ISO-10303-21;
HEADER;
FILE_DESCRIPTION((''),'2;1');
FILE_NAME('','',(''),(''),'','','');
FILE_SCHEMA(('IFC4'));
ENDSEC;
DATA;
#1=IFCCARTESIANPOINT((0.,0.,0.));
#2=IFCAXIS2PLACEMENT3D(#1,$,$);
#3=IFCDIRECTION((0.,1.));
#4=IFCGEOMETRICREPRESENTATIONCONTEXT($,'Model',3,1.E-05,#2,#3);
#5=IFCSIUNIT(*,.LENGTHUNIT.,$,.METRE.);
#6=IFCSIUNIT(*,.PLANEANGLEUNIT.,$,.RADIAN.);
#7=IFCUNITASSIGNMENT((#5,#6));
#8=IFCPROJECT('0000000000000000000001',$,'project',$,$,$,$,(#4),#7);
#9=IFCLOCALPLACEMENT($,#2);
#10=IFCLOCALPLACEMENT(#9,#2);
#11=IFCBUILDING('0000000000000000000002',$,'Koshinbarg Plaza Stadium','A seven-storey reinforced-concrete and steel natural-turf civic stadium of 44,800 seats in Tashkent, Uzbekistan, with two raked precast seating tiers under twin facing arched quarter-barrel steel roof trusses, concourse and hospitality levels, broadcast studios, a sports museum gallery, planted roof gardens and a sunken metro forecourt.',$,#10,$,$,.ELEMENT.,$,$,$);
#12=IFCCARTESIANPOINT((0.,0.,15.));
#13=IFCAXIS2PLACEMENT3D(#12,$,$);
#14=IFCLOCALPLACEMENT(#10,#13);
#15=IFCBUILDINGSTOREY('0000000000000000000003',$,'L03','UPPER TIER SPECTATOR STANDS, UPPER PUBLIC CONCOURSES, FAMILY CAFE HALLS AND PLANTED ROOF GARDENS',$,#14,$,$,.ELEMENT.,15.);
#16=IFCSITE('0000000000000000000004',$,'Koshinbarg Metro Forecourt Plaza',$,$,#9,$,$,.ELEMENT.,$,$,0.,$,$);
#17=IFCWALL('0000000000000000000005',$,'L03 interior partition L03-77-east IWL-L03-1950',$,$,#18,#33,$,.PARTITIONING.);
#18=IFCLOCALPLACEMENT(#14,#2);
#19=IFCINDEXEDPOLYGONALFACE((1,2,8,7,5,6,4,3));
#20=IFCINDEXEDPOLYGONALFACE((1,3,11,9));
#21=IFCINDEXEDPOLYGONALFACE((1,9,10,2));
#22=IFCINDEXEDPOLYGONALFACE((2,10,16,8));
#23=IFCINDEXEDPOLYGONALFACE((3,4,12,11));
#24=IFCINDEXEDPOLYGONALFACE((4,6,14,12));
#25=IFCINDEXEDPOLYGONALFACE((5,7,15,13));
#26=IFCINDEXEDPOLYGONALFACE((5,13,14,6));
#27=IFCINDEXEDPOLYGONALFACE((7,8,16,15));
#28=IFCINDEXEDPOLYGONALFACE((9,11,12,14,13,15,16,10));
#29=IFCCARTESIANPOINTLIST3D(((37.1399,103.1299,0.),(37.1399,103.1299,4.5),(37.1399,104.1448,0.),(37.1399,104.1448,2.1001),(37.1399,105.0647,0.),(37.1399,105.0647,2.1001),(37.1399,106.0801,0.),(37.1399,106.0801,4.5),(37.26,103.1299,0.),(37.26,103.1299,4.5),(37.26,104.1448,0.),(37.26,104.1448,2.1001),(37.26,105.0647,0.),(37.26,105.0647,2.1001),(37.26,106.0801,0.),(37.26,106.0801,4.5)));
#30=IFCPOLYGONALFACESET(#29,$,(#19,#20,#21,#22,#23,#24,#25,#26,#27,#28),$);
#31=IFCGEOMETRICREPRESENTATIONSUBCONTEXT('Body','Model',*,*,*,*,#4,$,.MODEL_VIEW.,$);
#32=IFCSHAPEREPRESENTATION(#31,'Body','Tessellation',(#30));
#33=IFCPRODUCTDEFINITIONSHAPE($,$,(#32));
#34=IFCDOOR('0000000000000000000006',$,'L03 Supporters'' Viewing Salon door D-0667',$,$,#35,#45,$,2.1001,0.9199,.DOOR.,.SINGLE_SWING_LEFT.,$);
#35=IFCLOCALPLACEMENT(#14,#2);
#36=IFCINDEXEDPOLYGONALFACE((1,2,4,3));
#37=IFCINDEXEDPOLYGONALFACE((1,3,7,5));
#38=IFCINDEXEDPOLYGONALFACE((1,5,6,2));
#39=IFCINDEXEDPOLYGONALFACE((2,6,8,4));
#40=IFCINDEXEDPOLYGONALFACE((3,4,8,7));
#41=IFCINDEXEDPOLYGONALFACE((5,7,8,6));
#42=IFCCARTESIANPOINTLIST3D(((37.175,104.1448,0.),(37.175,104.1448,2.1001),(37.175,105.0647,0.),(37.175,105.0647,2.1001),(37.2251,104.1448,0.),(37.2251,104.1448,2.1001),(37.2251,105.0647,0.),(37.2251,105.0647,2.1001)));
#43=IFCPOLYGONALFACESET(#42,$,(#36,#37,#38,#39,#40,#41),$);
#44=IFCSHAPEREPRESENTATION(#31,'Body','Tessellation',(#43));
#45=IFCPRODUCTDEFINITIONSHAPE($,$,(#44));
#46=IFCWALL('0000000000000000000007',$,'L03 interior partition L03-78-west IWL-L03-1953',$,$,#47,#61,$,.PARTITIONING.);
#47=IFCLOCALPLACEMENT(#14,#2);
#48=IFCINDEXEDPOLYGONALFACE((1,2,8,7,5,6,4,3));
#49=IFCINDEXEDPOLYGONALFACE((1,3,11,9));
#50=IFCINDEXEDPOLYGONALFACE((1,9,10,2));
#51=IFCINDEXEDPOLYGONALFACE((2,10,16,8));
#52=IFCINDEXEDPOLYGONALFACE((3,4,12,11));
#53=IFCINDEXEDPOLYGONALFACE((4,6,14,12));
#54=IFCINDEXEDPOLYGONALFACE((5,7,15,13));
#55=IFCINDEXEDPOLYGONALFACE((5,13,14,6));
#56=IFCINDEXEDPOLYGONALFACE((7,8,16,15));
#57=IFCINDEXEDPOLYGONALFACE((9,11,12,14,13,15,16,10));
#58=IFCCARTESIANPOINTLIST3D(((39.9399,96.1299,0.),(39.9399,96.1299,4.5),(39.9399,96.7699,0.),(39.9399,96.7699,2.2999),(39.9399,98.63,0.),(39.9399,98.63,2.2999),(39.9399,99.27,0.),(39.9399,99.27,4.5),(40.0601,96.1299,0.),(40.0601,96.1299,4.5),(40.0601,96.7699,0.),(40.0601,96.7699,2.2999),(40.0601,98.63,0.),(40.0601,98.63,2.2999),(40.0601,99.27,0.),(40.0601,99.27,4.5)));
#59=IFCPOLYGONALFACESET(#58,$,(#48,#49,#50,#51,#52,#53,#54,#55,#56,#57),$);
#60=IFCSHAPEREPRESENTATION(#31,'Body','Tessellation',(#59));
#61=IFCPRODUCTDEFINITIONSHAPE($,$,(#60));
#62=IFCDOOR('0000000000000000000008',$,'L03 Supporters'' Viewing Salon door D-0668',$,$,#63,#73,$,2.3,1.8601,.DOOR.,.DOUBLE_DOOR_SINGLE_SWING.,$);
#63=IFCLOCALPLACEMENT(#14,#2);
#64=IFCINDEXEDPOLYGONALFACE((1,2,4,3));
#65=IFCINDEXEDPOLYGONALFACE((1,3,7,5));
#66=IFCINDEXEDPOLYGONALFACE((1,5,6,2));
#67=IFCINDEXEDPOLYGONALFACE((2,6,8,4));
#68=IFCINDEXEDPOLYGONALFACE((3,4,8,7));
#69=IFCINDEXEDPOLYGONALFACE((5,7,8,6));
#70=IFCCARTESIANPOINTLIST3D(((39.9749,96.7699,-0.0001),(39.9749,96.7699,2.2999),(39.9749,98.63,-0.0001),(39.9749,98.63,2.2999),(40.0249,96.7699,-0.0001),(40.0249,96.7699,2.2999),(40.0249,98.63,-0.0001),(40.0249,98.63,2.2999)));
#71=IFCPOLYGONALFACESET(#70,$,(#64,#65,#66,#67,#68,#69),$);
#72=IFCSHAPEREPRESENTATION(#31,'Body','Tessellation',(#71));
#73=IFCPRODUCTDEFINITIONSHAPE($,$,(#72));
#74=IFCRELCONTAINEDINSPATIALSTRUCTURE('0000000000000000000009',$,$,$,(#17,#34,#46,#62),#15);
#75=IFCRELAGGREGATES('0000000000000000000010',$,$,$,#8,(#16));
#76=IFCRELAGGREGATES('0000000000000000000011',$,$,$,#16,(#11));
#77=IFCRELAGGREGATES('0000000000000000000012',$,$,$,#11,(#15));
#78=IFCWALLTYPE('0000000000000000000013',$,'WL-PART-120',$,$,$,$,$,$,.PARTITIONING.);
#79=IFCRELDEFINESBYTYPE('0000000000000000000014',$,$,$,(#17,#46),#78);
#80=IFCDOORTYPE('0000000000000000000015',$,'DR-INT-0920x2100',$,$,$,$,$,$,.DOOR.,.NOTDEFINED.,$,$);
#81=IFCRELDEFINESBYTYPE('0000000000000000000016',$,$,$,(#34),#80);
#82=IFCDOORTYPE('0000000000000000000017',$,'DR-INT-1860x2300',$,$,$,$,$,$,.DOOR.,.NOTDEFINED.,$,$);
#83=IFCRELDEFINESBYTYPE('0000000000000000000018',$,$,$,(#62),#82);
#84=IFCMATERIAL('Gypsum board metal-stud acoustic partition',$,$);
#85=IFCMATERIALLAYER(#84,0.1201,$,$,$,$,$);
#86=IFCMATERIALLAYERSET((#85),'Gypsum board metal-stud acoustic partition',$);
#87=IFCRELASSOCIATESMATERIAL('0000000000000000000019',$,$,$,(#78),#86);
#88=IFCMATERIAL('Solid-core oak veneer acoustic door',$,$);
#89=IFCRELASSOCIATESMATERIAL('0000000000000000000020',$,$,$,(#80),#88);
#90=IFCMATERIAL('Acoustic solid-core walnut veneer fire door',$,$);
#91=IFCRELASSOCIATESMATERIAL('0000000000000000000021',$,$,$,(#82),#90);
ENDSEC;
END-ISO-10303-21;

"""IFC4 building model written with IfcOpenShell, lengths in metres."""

from ifc_helpers import new_model, si_unit, direction, frame, frame_2d, origin, place, context, subcontext, project, spatial, rectangle, extrude, material, layer, layer_set, type_object, element, fill, save


model = new_model("IFC4")

# Units and contexts
model_context = context("Model", 3, precision=1e-05, world=origin(), true_north=direction((0.0, 1.0)))
body_context = subcontext(model_context, "Body", "Model", "MODEL_VIEW")
ifc_project = project(units=[si_unit("LENGTHUNIT", "METRE"), si_unit("PLANEANGLEUNIT", "RADIAN")], contexts=[model_context])

# Site, building, storey
site_placement = place(None, origin())
site = spatial("IfcSite", under=ifc_project, at=site_placement, Name="Koshinbarg Metro Forecourt Plaza", CompositionType="ELEMENT", RefElevation=0.0)
building_placement = place(site_placement, origin())
building = spatial("IfcBuilding", under=site, at=building_placement, Name="Koshinbarg Plaza Stadium", Description="A seven-storey reinforced-concrete and steel natural-turf civic stadium of 44,800 seats in Tashkent, Uzbekistan, with two raked precast seating tiers under twin facing arched quarter-barrel steel roof trusses, concourse and hospitality levels, broadcast studios, a sports museum gallery, planted roof gardens and a sunken metro forecourt.", CompositionType="ELEMENT")
storey_placement = place(building_placement, frame((0.0, 0.0, 15.0)))
storey = spatial("IfcBuildingStorey", under=building, at=storey_placement, Name="L03", Description="UPPER TIER SPECTATOR STANDS, UPPER PUBLIC CONCOURSES, FAMILY CAFE HALLS AND PLANTED ROOF GARDENS", CompositionType="ELEMENT", Elevation=15.0)

# Shared definitions
ifc_material_1 = material(Name="Gypsum board metal-stud acoustic partition")
ifc_layer_1 = layer(ifc_material_1, 0.1201)
ifc_layer_set_1 = layer_set([ifc_layer_1], Name="Gypsum board metal-stud acoustic partition")
wall_type_1 = type_object("IfcWallType", Name="WL-PART-120", PredefinedType="PARTITIONING", material=ifc_layer_set_1)

# Walls, openings, doors
wall_1_placement = place(storey_placement, frame((37.2, 103.1299, 0.0), z_axis=(0.0, 0.0, 1.0), x_axis=(0.0, 1.0, 0.0)))
wall_1 = element("IfcWall", 1, at=wall_1_placement, inside=storey, type_object=wall_type_1, Name="L03 interior partition L03-77-east IWL-L03-1950", PredefinedType="PARTITIONING", context=body_context, shape_type="SweptSolid", body=[
    extrude(rectangle(XDim=2.9502, YDim=0.1201, at=frame_2d((1.4751, 0.0))), origin(), (0.0, 0.0, 1.0), 4.5),
])
opening_1_placement = place(wall_1_placement, frame((1.0149, 0.0, 0.0)))
opening_1 = element("IfcOpeningElement", 2, at=opening_1_placement, cuts=wall_1, PredefinedType="OPENING", context=body_context, shape_type="SweptSolid", body=[
    extrude(rectangle(XDim=0.9199, YDim=2.1001, at=frame_2d((0.46, 1.05))), frame((0.0, 0.0701, 0.0), z_axis=(0.0, -1.0, 0.0), x_axis=(1.0, 0.0, 0.0)), (0.0, 0.0, 1.0), 0.1401),
])
ifc_material_2 = material(Name="Solid-core oak veneer acoustic door")
door_type_1 = type_object("IfcDoorType", Name="DR-INT-0920x2100", OperationType="NOTDEFINED", PredefinedType="DOOR", material=ifc_material_2)
door_1_placement = place(opening_1_placement, origin())
door_1 = element("IfcDoor", 3, at=door_1_placement, inside=storey, type_object=door_type_1, Name="L03 Supporters' Viewing Salon door D-0667", OperationType="SINGLE_SWING_LEFT", OverallHeight=2.1001, OverallWidth=0.9199, PredefinedType="DOOR", context=body_context, shape_type="SweptSolid", body=[
    extrude(rectangle(XDim=0.9199, YDim=2.1001, at=frame_2d((0.46, 1.05))), frame((0.0, 0.0249, 0.0), z_axis=(0.0, -1.0, 0.0), x_axis=(1.0, 0.0, 0.0)), (0.0, 0.0, 1.0), 0.05),
])
fill(opening_1, door_1)
wall_2_placement = place(storey_placement, frame((40.0, 99.27, 0.0), z_axis=(0.0, 0.0, 1.0), x_axis=(0.0, -1.0, 0.0)))
wall_2 = element("IfcWall", 4, at=wall_2_placement, inside=storey, type_object=wall_type_1, Name="L03 interior partition L03-78-west IWL-L03-1953", PredefinedType="PARTITIONING", context=body_context, shape_type="SweptSolid", body=[
    extrude(rectangle(XDim=3.1401, YDim=0.1201, at=frame_2d((1.5701, 0.0))), origin(), (0.0, 0.0, 1.0), 4.5),
])
opening_2_placement = place(wall_2_placement, frame((0.6399, 0.0, 0.0)))
opening_2 = element("IfcOpeningElement", 5, at=opening_2_placement, cuts=wall_2, PredefinedType="OPENING", context=body_context, shape_type="SweptSolid", body=[
    extrude(rectangle(XDim=1.8601, YDim=2.3, at=frame_2d((0.9302, 1.1499))), frame((0.0, 0.0701, 0.0), z_axis=(0.0, -1.0, 0.0), x_axis=(1.0, 0.0, 0.0)), (0.0, 0.0, 1.0), 0.1401),
])
ifc_material_3 = material(Name="Acoustic solid-core walnut veneer fire door")
door_type_2 = type_object("IfcDoorType", Name="DR-INT-1860x2300", OperationType="NOTDEFINED", PredefinedType="DOOR", material=ifc_material_3)
door_2_placement = place(opening_2_placement, origin())
door_2 = element("IfcDoor", 6, at=door_2_placement, inside=storey, type_object=door_type_2, Name="L03 Supporters' Viewing Salon door D-0668", OperationType="DOUBLE_DOOR_SINGLE_SWING", OverallHeight=2.3, OverallWidth=1.8601, PredefinedType="DOOR", context=body_context, shape_type="SweptSolid", body=[
    extrude(rectangle(XDim=1.8601, YDim=2.3, at=frame_2d((0.9302, 1.1499))), frame((0.0, 0.0249, 0.0), z_axis=(0.0, -1.0, 0.0), x_axis=(1.0, 0.0, 0.0)), (0.0, 0.0, 1.0), 0.05),
])
fill(opening_2, door_2)

save(model, "model.ifc")
